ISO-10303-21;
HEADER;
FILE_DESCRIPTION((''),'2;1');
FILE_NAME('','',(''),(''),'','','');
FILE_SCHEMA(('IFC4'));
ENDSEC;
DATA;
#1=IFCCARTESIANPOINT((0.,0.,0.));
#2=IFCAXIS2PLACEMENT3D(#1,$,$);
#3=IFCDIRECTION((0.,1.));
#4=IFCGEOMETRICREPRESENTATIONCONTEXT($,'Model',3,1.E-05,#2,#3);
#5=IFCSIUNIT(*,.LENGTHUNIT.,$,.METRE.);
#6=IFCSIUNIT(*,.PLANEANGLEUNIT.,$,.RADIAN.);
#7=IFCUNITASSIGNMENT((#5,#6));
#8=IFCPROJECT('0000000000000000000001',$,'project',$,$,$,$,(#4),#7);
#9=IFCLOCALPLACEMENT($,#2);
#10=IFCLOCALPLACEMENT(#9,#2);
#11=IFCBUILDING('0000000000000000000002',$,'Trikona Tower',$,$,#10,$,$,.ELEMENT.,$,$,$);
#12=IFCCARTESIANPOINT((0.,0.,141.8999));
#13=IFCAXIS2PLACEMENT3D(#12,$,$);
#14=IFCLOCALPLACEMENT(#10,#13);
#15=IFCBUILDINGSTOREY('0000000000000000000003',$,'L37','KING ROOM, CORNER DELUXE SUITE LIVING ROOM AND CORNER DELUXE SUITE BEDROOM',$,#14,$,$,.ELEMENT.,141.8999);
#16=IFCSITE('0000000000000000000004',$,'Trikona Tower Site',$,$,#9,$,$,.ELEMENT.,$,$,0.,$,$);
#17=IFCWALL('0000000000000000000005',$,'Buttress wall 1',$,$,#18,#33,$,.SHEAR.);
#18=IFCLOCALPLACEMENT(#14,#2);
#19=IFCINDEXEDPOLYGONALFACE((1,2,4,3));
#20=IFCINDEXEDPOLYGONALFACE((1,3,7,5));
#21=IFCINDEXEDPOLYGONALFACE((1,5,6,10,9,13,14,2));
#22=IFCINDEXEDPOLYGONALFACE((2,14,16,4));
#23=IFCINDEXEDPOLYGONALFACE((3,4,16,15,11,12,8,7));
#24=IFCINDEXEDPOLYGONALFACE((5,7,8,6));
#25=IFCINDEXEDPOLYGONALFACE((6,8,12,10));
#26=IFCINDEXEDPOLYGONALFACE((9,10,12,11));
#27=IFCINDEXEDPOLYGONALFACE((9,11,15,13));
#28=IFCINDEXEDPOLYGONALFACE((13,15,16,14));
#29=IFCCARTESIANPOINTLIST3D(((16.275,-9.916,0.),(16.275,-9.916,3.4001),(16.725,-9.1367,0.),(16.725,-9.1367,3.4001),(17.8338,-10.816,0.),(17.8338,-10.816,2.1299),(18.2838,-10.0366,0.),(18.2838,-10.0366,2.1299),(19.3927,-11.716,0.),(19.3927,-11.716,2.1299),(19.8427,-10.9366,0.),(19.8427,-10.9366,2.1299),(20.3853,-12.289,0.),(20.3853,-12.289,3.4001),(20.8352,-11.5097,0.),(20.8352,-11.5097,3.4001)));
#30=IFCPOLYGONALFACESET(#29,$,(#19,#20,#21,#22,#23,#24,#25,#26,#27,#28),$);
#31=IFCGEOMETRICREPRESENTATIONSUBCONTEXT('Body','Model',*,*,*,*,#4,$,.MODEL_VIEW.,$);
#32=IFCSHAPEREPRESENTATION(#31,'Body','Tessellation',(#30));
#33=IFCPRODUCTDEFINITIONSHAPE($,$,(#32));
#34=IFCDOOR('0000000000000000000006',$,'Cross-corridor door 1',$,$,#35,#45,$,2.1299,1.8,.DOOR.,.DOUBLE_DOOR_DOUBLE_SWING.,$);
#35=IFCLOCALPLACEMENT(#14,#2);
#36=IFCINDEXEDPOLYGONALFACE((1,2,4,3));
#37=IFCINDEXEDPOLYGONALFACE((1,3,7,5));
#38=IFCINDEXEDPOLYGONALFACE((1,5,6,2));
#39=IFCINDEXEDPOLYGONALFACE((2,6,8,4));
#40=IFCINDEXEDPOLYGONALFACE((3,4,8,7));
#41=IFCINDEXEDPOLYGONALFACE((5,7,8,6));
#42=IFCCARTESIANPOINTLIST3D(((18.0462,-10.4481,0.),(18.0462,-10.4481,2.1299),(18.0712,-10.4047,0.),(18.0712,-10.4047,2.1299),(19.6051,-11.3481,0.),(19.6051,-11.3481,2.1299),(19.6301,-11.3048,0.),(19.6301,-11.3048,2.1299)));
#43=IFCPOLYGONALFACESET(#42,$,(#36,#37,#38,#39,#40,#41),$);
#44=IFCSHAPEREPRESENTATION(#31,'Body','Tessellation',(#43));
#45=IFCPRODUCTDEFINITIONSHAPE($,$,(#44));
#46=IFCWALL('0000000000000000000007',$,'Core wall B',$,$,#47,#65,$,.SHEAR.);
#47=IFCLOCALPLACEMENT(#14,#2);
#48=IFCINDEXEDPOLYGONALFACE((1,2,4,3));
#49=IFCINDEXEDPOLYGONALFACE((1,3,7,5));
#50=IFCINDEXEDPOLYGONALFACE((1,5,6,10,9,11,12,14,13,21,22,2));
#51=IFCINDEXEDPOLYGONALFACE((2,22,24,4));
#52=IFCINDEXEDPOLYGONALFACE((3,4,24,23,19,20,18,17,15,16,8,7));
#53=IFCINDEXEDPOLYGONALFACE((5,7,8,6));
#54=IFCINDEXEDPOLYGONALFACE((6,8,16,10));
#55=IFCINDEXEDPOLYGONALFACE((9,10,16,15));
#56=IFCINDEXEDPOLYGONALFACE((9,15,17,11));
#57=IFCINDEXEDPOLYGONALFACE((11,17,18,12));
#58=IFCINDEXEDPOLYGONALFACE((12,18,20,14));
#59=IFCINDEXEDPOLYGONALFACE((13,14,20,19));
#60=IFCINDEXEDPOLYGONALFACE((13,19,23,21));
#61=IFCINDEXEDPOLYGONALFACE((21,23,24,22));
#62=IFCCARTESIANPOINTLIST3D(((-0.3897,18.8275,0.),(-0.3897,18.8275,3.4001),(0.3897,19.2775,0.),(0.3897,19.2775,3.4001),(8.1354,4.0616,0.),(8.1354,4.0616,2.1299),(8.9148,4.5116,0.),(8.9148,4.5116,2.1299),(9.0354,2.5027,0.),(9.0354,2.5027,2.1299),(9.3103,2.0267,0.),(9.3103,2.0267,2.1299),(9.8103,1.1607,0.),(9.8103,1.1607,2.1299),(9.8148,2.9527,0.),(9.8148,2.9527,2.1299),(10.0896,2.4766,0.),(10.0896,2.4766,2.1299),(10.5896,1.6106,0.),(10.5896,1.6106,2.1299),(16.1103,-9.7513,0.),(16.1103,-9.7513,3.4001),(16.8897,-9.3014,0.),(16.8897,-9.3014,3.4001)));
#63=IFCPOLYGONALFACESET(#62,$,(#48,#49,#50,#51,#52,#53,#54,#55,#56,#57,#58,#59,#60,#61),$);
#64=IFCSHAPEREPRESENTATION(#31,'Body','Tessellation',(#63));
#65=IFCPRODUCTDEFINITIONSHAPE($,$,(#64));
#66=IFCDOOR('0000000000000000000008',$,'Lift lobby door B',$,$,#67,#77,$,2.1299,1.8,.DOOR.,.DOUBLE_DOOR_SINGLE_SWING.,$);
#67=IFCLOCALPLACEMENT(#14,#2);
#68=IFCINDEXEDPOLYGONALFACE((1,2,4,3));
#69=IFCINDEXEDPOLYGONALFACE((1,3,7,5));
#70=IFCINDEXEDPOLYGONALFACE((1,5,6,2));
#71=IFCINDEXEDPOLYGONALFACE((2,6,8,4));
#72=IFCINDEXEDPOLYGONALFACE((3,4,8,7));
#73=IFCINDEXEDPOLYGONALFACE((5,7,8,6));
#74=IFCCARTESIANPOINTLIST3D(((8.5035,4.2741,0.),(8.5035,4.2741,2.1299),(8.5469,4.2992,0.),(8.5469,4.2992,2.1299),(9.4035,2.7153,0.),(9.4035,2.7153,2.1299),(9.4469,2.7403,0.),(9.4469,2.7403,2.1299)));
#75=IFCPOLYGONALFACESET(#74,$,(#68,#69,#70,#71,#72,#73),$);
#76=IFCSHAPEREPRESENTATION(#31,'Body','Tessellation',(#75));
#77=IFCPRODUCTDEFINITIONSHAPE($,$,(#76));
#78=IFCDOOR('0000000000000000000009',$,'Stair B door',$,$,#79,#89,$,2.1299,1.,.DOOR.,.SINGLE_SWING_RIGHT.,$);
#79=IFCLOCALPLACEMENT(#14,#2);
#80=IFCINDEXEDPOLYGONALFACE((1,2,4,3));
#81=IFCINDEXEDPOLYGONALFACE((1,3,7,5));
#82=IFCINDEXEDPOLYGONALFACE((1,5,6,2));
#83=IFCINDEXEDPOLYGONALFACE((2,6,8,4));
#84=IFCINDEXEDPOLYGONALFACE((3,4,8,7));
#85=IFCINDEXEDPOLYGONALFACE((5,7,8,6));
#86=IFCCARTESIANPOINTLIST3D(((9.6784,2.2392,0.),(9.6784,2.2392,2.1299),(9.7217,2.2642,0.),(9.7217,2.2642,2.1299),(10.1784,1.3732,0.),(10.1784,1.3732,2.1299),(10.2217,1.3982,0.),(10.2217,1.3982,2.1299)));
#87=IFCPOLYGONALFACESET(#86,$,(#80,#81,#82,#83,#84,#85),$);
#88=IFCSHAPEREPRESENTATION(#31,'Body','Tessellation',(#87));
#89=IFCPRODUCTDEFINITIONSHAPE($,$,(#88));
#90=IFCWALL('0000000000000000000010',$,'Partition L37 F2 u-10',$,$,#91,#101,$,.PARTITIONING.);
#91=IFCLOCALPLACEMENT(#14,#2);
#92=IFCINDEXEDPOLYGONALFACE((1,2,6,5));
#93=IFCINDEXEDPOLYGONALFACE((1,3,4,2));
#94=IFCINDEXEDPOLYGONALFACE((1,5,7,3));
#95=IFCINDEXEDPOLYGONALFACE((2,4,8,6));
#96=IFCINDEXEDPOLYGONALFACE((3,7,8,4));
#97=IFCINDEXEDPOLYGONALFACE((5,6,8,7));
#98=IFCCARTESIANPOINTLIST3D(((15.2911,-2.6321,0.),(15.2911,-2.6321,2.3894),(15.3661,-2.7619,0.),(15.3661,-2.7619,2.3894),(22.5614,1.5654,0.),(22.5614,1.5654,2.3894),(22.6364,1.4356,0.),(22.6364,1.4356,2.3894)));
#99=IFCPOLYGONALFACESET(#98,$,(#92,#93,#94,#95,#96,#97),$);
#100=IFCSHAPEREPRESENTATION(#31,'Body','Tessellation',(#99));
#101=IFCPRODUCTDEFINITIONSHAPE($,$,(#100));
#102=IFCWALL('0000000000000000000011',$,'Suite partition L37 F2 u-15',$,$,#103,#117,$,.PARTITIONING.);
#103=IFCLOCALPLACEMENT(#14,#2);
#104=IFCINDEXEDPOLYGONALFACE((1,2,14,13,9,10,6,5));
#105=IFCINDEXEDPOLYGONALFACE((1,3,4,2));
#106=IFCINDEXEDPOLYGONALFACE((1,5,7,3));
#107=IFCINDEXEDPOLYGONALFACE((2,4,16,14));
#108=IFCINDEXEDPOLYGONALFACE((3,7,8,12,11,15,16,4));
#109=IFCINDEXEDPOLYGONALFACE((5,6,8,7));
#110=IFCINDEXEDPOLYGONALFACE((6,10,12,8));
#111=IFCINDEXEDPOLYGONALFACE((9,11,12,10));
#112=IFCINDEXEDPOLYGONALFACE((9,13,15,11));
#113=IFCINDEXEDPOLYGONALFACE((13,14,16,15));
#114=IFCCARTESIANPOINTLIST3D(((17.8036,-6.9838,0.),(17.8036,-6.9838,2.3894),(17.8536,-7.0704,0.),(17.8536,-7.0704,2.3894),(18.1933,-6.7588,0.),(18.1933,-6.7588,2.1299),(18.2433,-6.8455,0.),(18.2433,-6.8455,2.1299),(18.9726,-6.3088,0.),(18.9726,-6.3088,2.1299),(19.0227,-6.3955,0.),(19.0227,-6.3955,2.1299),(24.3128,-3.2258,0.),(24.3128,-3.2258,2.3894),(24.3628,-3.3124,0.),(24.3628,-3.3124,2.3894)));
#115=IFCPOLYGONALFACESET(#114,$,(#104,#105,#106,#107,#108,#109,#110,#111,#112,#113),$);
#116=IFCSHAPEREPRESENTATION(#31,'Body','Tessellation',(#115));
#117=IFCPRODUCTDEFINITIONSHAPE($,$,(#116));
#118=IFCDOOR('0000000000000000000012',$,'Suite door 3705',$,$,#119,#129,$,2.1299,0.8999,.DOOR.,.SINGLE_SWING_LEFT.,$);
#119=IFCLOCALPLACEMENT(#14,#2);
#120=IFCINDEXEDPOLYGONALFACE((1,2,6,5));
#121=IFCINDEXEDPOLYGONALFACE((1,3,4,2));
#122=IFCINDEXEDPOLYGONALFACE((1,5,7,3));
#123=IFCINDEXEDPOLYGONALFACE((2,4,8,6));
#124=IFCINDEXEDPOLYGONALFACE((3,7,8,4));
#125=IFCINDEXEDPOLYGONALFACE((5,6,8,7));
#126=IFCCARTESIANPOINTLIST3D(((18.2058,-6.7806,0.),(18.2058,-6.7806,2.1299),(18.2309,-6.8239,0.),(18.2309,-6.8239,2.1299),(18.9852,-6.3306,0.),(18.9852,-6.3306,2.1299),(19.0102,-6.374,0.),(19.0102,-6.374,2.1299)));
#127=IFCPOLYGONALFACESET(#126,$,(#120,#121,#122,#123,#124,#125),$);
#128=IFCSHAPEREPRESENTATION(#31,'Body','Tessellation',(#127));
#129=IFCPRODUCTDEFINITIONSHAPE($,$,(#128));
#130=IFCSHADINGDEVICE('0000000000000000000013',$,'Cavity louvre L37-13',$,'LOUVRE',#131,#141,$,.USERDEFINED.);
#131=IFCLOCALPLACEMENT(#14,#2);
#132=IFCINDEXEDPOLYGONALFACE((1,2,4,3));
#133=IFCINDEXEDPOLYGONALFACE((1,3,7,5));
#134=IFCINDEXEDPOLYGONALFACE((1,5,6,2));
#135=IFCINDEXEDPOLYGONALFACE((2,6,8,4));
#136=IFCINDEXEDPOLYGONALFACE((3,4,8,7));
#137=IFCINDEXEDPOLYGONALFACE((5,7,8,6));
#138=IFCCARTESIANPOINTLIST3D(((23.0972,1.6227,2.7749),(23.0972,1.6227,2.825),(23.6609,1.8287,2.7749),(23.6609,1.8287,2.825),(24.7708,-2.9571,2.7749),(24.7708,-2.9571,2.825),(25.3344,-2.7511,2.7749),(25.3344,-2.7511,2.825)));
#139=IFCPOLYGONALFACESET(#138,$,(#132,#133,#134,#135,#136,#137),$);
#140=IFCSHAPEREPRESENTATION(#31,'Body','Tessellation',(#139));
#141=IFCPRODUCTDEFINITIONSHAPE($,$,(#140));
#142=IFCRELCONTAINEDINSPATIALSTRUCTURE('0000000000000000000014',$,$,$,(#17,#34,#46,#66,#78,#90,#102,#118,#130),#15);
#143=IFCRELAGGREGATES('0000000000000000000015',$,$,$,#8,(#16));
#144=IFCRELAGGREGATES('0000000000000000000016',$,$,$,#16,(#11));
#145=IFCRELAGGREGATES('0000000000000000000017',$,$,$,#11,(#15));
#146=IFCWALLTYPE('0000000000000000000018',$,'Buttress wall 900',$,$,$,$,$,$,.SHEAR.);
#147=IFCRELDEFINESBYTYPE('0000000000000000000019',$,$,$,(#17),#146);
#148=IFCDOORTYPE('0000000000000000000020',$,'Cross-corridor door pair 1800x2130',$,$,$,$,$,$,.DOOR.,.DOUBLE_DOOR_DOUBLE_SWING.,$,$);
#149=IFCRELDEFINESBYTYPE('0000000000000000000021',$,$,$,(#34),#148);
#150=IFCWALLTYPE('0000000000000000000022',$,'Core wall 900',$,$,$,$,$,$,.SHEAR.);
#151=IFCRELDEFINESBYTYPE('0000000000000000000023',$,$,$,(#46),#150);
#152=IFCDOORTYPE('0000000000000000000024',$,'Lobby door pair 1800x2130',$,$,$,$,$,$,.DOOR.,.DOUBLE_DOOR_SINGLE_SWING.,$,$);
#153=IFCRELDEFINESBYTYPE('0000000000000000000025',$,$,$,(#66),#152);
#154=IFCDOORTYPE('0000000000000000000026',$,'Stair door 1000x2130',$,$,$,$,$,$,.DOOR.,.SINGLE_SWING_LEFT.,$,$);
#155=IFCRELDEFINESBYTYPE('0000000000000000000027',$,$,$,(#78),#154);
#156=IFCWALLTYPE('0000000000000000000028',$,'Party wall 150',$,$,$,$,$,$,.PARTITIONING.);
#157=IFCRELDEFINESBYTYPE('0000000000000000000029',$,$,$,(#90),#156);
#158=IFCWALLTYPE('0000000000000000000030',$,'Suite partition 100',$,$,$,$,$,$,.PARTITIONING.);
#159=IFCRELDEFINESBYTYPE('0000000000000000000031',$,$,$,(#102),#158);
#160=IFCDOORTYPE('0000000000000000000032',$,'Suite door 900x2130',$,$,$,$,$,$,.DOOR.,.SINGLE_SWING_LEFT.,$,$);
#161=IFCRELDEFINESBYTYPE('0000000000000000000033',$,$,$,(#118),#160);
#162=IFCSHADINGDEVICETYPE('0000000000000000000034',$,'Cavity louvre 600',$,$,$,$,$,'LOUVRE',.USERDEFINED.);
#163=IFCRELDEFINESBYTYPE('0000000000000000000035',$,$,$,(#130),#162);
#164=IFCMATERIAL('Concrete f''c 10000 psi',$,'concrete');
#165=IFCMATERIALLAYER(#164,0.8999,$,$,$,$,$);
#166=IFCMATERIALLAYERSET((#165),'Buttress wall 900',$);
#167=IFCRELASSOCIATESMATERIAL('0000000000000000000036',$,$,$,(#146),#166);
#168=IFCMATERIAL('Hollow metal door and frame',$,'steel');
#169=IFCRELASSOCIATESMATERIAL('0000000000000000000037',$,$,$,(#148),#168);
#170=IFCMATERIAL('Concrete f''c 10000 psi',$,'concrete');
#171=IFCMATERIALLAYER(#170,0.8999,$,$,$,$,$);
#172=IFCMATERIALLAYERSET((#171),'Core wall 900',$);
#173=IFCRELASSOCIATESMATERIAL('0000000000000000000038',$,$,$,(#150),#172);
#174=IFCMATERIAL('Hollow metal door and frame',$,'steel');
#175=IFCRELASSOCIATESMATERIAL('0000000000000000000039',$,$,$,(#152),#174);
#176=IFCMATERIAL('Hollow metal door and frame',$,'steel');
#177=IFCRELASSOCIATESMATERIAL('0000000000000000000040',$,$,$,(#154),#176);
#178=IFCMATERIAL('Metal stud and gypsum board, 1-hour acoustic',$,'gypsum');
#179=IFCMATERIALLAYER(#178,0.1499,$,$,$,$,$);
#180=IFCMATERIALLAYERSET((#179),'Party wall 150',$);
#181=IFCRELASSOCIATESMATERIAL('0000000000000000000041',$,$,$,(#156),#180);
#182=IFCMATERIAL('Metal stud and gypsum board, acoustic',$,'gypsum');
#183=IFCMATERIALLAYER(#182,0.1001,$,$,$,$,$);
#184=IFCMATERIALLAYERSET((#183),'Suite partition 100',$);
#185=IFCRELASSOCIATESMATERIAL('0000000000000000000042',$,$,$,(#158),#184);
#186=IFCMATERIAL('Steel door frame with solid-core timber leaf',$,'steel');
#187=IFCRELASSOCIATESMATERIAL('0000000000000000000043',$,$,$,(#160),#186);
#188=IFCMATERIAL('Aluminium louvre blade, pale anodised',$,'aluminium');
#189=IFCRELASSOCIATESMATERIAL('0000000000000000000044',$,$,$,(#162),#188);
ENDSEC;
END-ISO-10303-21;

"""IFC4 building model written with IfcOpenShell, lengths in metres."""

from ifc_helpers import new_model, si_unit, direction, frame, frame_2d, origin, origin_2d, place, context, subcontext, project, spatial, rectangle, extrude, material, layer, layer_set, type_object, element, fill, save


model = new_model("IFC4")

# Units and contexts
model_context = context("Model", 3, precision=1e-05, world=origin(), true_north=direction((0.0, 1.0)))
body_context = subcontext(model_context, "Body", "Model", "MODEL_VIEW")
ifc_project = project(units=[si_unit("LENGTHUNIT", "METRE"), si_unit("PLANEANGLEUNIT", "RADIAN")], contexts=[model_context])

# Site, building, storey
site_placement = place(None, origin())
site = spatial("IfcSite", under=ifc_project, at=site_placement, Name="Trikona Tower Site", CompositionType="ELEMENT", RefElevation=0.0)
building_placement = place(site_placement, origin())
building = spatial("IfcBuilding", under=site, at=building_placement, Name="Trikona Tower", CompositionType="ELEMENT")
storey_placement = place(building_placement, frame((0.0, 0.0, 141.8999)))
storey = spatial("IfcBuildingStorey", under=building, at=storey_placement, Name="L37", Description="KING ROOM, CORNER DELUXE SUITE LIVING ROOM AND CORNER DELUXE SUITE BEDROOM", CompositionType="ELEMENT", Elevation=141.8999)

# Wall, opening, door
ifc_material_1 = material(Name="Concrete f'c 10000 psi", Category="concrete")
ifc_layer_1 = layer(ifc_material_1, 0.8999)
ifc_layer_set_1 = layer_set([ifc_layer_1], Name="Buttress wall 900")
wall_type_1 = type_object("IfcWallType", Name="Buttress wall 900", PredefinedType="SHEAR", material=ifc_layer_set_1)
wall_1_placement = place(storey_placement, frame((16.5, -9.5264, 0.0), z_axis=(0.0, 0.0, 1.0), x_axis=(0.866031, -0.49999, 0.0)))
wall_1 = element("IfcWall", 1, at=wall_1_placement, inside=storey, type_object=wall_type_1, Name="Buttress wall 1", PredefinedType="SHEAR", context=body_context, shape_type="SweptSolid", body=[
    extrude(rectangle(XDim=4.7461, YDim=0.8999, at=frame_2d((2.373, 0.0))), origin(), (0.0, 0.0, 1.0), 3.4001),
])
opening_1_placement = place(wall_1_placement, frame((1.8, 0.0, 0.0)))
opening_1 = element("IfcOpeningElement", 2, at=opening_1_placement, cuts=wall_1, PredefinedType="OPENING", context=body_context, shape_type="SweptSolid", body=[
    extrude(rectangle(XDim=1.8, YDim=2.1299, at=frame_2d((0.8999, 1.0649))), frame((0.0, 0.46, 0.0), z_axis=(0.0, -1.0, 0.0), x_axis=(1.0, 0.0, 0.0)), (0.0, 0.0, 1.0), 0.9199),
])
ifc_material_2 = material(Name="Hollow metal door and frame", Category="steel")
door_type_1 = type_object("IfcDoorType", Name="Cross-corridor door pair 1800x2130", OperationType="DOUBLE_DOOR_DOUBLE_SWING", PredefinedType="DOOR", material=ifc_material_2)
door_1_placement = place(opening_1_placement, origin())
door_1 = element("IfcDoor", 3, at=door_1_placement, inside=storey, type_object=door_type_1, Name="Cross-corridor door 1", OperationType="DOUBLE_DOOR_DOUBLE_SWING", OverallHeight=2.1299, OverallWidth=1.8, PredefinedType="DOOR", context=body_context, shape_type="SweptSolid", body=[
    extrude(rectangle(XDim=1.8, YDim=2.1299, at=frame_2d((0.8999, 1.0649))), frame((0.0, 0.0249, 0.0), z_axis=(0.0, -1.0, 0.0), x_axis=(1.0, 0.0, 0.0)), (0.0, 0.0, 1.0), 0.05),
])
fill(opening_1, door_1)

# Wall, openings, doors
ifc_material_3 = material(Name="Concrete f'c 10000 psi", Category="concrete")
ifc_layer_2 = layer(ifc_material_3, 0.8999)
ifc_layer_set_2 = layer_set([ifc_layer_2], Name="Core wall 900")
wall_type_2 = type_object("IfcWallType", Name="Core wall 900", PredefinedType="SHEAR", material=ifc_layer_set_2)
wall_2_placement = place(storey_placement, frame((16.5, -9.5264, 0.0), z_axis=(0.0, 0.0, 1.0), x_axis=(-0.5, 0.866026, 0.0)))
wall_2 = element("IfcWall", 4, at=wall_2_placement, inside=storey, type_object=wall_type_2, Name="Core wall B", PredefinedType="SHEAR", context=body_context, shape_type="SweptSolid", body=[
    extrude(rectangle(XDim=33.0, YDim=0.8999, at=frame_2d((16.5, 0.0))), origin(), (0.0, 0.0, 1.0), 3.4001),
])
opening_2_placement = place(wall_2_placement, frame((14.1499, 0.0, 0.0)))
opening_2 = element("IfcOpeningElement", 5, at=opening_2_placement, cuts=wall_2, PredefinedType="OPENING", context=body_context, shape_type="SweptSolid", body=[
    extrude(rectangle(XDim=1.8, YDim=2.1299, at=frame_2d((0.8999, 1.0649))), frame((0.0, 0.46, 0.0), z_axis=(0.0, -1.0, 0.0), x_axis=(1.0, 0.0, 0.0)), (0.0, 0.0, 1.0), 0.9199),
])
opening_3_placement = place(wall_2_placement, frame((12.6001, 0.0, 0.0)))
opening_3 = element("IfcOpeningElement", 6, at=opening_3_placement, cuts=wall_2, PredefinedType="OPENING", context=body_context, shape_type="SweptSolid", body=[
    extrude(rectangle(XDim=1.0, YDim=2.1299, at=frame_2d((0.5, 1.0649))), frame((0.0, 0.46, 0.0), z_axis=(0.0, -1.0, 0.0), x_axis=(1.0, 0.0, 0.0)), (0.0, 0.0, 1.0), 0.9199),
])
ifc_material_4 = material(Name="Hollow metal door and frame", Category="steel")
door_type_2 = type_object("IfcDoorType", Name="Lobby door pair 1800x2130", OperationType="DOUBLE_DOOR_SINGLE_SWING", PredefinedType="DOOR", material=ifc_material_4)
door_2_placement = place(opening_2_placement, origin())
door_2 = element("IfcDoor", 7, at=door_2_placement, inside=storey, type_object=door_type_2, Name="Lift lobby door B", OperationType="DOUBLE_DOOR_SINGLE_SWING", OverallHeight=2.1299, OverallWidth=1.8, PredefinedType="DOOR", context=body_context, shape_type="SweptSolid", body=[
    extrude(rectangle(XDim=1.8, YDim=2.1299, at=frame_2d((0.8999, 1.0649))), frame((0.0, 0.0249, 0.0), z_axis=(0.0, -1.0, 0.0), x_axis=(1.0, 0.0, 0.0)), (0.0, 0.0, 1.0), 0.05),
])
fill(opening_2, door_2)
ifc_material_5 = material(Name="Hollow metal door and frame", Category="steel")
door_type_3 = type_object("IfcDoorType", Name="Stair door 1000x2130", OperationType="SINGLE_SWING_LEFT", PredefinedType="DOOR", material=ifc_material_5)
door_3_placement = place(opening_3_placement, origin())
door_3 = element("IfcDoor", 8, at=door_3_placement, inside=storey, type_object=door_type_3, Name="Stair B door", OperationType="SINGLE_SWING_RIGHT", OverallHeight=2.1299, OverallWidth=1.0, PredefinedType="DOOR", context=body_context, shape_type="SweptSolid", body=[
    extrude(rectangle(XDim=1.0, YDim=2.1299, at=frame_2d((0.5, 1.0649))), frame((0.0, 0.0249, 0.0), z_axis=(0.0, -1.0, 0.0), x_axis=(1.0, 0.0, 0.0)), (0.0, 0.0, 1.0), 0.05),
])
fill(opening_3, door_3)

# Wall
ifc_material_6 = material(Name="Metal stud and gypsum board, 1-hour acoustic", Category="gypsum")
ifc_layer_3 = layer(ifc_material_6, 0.1499)
ifc_layer_set_3 = layer_set([ifc_layer_3], Name="Party wall 150")
wall_type_3 = type_object("IfcWallType", Name="Party wall 150", PredefinedType="PARTITIONING", material=ifc_layer_set_3)
wall_3_placement = place(storey_placement, frame((15.3286, -2.697, 0.0), z_axis=(0.0, 0.0, 1.0), x_axis=(0.866024, 0.500002, 0.0)))
element("IfcWall", 9, at=wall_3_placement, inside=storey, type_object=wall_type_3, Name="Partition L37 F2 u-10", PredefinedType="PARTITIONING", context=body_context, shape_type="SweptSolid", body=[
    extrude(rectangle(XDim=8.395, YDim=0.1499, at=frame_2d((4.1975, 0.0))), origin(), (0.0, 0.0, 1.0), 2.3894),
])

# Wall, opening, door
ifc_material_7 = material(Name="Metal stud and gypsum board, acoustic", Category="gypsum")
ifc_layer_4 = layer(ifc_material_7, 0.1001)
ifc_layer_set_4 = layer_set([ifc_layer_4], Name="Suite partition 100")
wall_type_4 = type_object("IfcWallType", Name="Suite partition 100", PredefinedType="PARTITIONING", material=ifc_layer_set_4)
wall_4_placement = place(storey_placement, frame((17.8286, -7.0271, 0.0), z_axis=(0.0, 0.0, 1.0), x_axis=(0.86603, 0.499992, 0.0)))
wall_4 = element("IfcWall", 10, at=wall_4_placement, inside=storey, type_object=wall_type_4, Name="Suite partition L37 F2 u-15", PredefinedType="PARTITIONING", context=body_context, shape_type="SweptSolid", body=[
    extrude(rectangle(XDim=7.5161, YDim=0.1001, at=frame_2d((3.7581, 0.0))), origin(), (0.0, 0.0, 1.0), 2.3894),
])
opening_4_placement = place(wall_4_placement, frame((0.45, 0.0, 0.0)))
opening_4 = element("IfcOpeningElement", 11, at=opening_4_placement, cuts=wall_4, PredefinedType="OPENING", context=body_context, shape_type="SweptSolid", body=[
    extrude(rectangle(XDim=0.8999, YDim=2.1299, at=frame_2d((0.45, 1.0649))), frame((0.0, 0.0601, 0.0), z_axis=(0.0, -1.0, 0.0), x_axis=(1.0, 0.0, 0.0)), (0.0, 0.0, 1.0), 0.1201),
])
ifc_material_8 = material(Name="Steel door frame with solid-core timber leaf", Category="steel")
door_type_4 = type_object("IfcDoorType", Name="Suite door 900x2130", OperationType="SINGLE_SWING_LEFT", PredefinedType="DOOR", material=ifc_material_8)
door_4_placement = place(opening_4_placement, origin())
door_4 = element("IfcDoor", 12, at=door_4_placement, inside=storey, type_object=door_type_4, Name="Suite door 3705", OperationType="SINGLE_SWING_LEFT", OverallHeight=2.1299, OverallWidth=0.8999, PredefinedType="DOOR", context=body_context, shape_type="SweptSolid", body=[
    extrude(rectangle(XDim=0.8999, YDim=2.1299, at=frame_2d((0.45, 1.0649))), frame((0.0, 0.0249, 0.0), z_axis=(0.0, -1.0, 0.0), x_axis=(1.0, 0.0, 0.0)), (0.0, 0.0, 1.0), 0.05),
])
fill(opening_4, door_4)

# Shading device
ifc_material_9 = material(Name="Aluminium louvre blade, pale anodised", Category="aluminium")
shading_device_type = type_object("IfcShadingDeviceType", Name="Cavity louvre 600", ElementType="LOUVRE", PredefinedType="USERDEFINED", material=ifc_material_9)
shading_device_placement = place(storey_placement, frame((24.2158, -0.5642, 2.7749), z_axis=(0.0, 0.0, 1.0), x_axis=(-0.34322, 0.939255, 0.0)))
element("IfcShadingDevice", 13, at=shading_device_placement, inside=storey, type_object=shading_device_type, Name="Cavity louvre L37-13", ObjectType="LOUVRE", PredefinedType="USERDEFINED", context=body_context, shape_type="SweptSolid", body=[
    extrude(rectangle(XDim=4.876, YDim=0.6001, at=origin_2d()), origin(), (0.0, 0.0, 1.0), 0.05),
])

save(model, "model.ifc")
